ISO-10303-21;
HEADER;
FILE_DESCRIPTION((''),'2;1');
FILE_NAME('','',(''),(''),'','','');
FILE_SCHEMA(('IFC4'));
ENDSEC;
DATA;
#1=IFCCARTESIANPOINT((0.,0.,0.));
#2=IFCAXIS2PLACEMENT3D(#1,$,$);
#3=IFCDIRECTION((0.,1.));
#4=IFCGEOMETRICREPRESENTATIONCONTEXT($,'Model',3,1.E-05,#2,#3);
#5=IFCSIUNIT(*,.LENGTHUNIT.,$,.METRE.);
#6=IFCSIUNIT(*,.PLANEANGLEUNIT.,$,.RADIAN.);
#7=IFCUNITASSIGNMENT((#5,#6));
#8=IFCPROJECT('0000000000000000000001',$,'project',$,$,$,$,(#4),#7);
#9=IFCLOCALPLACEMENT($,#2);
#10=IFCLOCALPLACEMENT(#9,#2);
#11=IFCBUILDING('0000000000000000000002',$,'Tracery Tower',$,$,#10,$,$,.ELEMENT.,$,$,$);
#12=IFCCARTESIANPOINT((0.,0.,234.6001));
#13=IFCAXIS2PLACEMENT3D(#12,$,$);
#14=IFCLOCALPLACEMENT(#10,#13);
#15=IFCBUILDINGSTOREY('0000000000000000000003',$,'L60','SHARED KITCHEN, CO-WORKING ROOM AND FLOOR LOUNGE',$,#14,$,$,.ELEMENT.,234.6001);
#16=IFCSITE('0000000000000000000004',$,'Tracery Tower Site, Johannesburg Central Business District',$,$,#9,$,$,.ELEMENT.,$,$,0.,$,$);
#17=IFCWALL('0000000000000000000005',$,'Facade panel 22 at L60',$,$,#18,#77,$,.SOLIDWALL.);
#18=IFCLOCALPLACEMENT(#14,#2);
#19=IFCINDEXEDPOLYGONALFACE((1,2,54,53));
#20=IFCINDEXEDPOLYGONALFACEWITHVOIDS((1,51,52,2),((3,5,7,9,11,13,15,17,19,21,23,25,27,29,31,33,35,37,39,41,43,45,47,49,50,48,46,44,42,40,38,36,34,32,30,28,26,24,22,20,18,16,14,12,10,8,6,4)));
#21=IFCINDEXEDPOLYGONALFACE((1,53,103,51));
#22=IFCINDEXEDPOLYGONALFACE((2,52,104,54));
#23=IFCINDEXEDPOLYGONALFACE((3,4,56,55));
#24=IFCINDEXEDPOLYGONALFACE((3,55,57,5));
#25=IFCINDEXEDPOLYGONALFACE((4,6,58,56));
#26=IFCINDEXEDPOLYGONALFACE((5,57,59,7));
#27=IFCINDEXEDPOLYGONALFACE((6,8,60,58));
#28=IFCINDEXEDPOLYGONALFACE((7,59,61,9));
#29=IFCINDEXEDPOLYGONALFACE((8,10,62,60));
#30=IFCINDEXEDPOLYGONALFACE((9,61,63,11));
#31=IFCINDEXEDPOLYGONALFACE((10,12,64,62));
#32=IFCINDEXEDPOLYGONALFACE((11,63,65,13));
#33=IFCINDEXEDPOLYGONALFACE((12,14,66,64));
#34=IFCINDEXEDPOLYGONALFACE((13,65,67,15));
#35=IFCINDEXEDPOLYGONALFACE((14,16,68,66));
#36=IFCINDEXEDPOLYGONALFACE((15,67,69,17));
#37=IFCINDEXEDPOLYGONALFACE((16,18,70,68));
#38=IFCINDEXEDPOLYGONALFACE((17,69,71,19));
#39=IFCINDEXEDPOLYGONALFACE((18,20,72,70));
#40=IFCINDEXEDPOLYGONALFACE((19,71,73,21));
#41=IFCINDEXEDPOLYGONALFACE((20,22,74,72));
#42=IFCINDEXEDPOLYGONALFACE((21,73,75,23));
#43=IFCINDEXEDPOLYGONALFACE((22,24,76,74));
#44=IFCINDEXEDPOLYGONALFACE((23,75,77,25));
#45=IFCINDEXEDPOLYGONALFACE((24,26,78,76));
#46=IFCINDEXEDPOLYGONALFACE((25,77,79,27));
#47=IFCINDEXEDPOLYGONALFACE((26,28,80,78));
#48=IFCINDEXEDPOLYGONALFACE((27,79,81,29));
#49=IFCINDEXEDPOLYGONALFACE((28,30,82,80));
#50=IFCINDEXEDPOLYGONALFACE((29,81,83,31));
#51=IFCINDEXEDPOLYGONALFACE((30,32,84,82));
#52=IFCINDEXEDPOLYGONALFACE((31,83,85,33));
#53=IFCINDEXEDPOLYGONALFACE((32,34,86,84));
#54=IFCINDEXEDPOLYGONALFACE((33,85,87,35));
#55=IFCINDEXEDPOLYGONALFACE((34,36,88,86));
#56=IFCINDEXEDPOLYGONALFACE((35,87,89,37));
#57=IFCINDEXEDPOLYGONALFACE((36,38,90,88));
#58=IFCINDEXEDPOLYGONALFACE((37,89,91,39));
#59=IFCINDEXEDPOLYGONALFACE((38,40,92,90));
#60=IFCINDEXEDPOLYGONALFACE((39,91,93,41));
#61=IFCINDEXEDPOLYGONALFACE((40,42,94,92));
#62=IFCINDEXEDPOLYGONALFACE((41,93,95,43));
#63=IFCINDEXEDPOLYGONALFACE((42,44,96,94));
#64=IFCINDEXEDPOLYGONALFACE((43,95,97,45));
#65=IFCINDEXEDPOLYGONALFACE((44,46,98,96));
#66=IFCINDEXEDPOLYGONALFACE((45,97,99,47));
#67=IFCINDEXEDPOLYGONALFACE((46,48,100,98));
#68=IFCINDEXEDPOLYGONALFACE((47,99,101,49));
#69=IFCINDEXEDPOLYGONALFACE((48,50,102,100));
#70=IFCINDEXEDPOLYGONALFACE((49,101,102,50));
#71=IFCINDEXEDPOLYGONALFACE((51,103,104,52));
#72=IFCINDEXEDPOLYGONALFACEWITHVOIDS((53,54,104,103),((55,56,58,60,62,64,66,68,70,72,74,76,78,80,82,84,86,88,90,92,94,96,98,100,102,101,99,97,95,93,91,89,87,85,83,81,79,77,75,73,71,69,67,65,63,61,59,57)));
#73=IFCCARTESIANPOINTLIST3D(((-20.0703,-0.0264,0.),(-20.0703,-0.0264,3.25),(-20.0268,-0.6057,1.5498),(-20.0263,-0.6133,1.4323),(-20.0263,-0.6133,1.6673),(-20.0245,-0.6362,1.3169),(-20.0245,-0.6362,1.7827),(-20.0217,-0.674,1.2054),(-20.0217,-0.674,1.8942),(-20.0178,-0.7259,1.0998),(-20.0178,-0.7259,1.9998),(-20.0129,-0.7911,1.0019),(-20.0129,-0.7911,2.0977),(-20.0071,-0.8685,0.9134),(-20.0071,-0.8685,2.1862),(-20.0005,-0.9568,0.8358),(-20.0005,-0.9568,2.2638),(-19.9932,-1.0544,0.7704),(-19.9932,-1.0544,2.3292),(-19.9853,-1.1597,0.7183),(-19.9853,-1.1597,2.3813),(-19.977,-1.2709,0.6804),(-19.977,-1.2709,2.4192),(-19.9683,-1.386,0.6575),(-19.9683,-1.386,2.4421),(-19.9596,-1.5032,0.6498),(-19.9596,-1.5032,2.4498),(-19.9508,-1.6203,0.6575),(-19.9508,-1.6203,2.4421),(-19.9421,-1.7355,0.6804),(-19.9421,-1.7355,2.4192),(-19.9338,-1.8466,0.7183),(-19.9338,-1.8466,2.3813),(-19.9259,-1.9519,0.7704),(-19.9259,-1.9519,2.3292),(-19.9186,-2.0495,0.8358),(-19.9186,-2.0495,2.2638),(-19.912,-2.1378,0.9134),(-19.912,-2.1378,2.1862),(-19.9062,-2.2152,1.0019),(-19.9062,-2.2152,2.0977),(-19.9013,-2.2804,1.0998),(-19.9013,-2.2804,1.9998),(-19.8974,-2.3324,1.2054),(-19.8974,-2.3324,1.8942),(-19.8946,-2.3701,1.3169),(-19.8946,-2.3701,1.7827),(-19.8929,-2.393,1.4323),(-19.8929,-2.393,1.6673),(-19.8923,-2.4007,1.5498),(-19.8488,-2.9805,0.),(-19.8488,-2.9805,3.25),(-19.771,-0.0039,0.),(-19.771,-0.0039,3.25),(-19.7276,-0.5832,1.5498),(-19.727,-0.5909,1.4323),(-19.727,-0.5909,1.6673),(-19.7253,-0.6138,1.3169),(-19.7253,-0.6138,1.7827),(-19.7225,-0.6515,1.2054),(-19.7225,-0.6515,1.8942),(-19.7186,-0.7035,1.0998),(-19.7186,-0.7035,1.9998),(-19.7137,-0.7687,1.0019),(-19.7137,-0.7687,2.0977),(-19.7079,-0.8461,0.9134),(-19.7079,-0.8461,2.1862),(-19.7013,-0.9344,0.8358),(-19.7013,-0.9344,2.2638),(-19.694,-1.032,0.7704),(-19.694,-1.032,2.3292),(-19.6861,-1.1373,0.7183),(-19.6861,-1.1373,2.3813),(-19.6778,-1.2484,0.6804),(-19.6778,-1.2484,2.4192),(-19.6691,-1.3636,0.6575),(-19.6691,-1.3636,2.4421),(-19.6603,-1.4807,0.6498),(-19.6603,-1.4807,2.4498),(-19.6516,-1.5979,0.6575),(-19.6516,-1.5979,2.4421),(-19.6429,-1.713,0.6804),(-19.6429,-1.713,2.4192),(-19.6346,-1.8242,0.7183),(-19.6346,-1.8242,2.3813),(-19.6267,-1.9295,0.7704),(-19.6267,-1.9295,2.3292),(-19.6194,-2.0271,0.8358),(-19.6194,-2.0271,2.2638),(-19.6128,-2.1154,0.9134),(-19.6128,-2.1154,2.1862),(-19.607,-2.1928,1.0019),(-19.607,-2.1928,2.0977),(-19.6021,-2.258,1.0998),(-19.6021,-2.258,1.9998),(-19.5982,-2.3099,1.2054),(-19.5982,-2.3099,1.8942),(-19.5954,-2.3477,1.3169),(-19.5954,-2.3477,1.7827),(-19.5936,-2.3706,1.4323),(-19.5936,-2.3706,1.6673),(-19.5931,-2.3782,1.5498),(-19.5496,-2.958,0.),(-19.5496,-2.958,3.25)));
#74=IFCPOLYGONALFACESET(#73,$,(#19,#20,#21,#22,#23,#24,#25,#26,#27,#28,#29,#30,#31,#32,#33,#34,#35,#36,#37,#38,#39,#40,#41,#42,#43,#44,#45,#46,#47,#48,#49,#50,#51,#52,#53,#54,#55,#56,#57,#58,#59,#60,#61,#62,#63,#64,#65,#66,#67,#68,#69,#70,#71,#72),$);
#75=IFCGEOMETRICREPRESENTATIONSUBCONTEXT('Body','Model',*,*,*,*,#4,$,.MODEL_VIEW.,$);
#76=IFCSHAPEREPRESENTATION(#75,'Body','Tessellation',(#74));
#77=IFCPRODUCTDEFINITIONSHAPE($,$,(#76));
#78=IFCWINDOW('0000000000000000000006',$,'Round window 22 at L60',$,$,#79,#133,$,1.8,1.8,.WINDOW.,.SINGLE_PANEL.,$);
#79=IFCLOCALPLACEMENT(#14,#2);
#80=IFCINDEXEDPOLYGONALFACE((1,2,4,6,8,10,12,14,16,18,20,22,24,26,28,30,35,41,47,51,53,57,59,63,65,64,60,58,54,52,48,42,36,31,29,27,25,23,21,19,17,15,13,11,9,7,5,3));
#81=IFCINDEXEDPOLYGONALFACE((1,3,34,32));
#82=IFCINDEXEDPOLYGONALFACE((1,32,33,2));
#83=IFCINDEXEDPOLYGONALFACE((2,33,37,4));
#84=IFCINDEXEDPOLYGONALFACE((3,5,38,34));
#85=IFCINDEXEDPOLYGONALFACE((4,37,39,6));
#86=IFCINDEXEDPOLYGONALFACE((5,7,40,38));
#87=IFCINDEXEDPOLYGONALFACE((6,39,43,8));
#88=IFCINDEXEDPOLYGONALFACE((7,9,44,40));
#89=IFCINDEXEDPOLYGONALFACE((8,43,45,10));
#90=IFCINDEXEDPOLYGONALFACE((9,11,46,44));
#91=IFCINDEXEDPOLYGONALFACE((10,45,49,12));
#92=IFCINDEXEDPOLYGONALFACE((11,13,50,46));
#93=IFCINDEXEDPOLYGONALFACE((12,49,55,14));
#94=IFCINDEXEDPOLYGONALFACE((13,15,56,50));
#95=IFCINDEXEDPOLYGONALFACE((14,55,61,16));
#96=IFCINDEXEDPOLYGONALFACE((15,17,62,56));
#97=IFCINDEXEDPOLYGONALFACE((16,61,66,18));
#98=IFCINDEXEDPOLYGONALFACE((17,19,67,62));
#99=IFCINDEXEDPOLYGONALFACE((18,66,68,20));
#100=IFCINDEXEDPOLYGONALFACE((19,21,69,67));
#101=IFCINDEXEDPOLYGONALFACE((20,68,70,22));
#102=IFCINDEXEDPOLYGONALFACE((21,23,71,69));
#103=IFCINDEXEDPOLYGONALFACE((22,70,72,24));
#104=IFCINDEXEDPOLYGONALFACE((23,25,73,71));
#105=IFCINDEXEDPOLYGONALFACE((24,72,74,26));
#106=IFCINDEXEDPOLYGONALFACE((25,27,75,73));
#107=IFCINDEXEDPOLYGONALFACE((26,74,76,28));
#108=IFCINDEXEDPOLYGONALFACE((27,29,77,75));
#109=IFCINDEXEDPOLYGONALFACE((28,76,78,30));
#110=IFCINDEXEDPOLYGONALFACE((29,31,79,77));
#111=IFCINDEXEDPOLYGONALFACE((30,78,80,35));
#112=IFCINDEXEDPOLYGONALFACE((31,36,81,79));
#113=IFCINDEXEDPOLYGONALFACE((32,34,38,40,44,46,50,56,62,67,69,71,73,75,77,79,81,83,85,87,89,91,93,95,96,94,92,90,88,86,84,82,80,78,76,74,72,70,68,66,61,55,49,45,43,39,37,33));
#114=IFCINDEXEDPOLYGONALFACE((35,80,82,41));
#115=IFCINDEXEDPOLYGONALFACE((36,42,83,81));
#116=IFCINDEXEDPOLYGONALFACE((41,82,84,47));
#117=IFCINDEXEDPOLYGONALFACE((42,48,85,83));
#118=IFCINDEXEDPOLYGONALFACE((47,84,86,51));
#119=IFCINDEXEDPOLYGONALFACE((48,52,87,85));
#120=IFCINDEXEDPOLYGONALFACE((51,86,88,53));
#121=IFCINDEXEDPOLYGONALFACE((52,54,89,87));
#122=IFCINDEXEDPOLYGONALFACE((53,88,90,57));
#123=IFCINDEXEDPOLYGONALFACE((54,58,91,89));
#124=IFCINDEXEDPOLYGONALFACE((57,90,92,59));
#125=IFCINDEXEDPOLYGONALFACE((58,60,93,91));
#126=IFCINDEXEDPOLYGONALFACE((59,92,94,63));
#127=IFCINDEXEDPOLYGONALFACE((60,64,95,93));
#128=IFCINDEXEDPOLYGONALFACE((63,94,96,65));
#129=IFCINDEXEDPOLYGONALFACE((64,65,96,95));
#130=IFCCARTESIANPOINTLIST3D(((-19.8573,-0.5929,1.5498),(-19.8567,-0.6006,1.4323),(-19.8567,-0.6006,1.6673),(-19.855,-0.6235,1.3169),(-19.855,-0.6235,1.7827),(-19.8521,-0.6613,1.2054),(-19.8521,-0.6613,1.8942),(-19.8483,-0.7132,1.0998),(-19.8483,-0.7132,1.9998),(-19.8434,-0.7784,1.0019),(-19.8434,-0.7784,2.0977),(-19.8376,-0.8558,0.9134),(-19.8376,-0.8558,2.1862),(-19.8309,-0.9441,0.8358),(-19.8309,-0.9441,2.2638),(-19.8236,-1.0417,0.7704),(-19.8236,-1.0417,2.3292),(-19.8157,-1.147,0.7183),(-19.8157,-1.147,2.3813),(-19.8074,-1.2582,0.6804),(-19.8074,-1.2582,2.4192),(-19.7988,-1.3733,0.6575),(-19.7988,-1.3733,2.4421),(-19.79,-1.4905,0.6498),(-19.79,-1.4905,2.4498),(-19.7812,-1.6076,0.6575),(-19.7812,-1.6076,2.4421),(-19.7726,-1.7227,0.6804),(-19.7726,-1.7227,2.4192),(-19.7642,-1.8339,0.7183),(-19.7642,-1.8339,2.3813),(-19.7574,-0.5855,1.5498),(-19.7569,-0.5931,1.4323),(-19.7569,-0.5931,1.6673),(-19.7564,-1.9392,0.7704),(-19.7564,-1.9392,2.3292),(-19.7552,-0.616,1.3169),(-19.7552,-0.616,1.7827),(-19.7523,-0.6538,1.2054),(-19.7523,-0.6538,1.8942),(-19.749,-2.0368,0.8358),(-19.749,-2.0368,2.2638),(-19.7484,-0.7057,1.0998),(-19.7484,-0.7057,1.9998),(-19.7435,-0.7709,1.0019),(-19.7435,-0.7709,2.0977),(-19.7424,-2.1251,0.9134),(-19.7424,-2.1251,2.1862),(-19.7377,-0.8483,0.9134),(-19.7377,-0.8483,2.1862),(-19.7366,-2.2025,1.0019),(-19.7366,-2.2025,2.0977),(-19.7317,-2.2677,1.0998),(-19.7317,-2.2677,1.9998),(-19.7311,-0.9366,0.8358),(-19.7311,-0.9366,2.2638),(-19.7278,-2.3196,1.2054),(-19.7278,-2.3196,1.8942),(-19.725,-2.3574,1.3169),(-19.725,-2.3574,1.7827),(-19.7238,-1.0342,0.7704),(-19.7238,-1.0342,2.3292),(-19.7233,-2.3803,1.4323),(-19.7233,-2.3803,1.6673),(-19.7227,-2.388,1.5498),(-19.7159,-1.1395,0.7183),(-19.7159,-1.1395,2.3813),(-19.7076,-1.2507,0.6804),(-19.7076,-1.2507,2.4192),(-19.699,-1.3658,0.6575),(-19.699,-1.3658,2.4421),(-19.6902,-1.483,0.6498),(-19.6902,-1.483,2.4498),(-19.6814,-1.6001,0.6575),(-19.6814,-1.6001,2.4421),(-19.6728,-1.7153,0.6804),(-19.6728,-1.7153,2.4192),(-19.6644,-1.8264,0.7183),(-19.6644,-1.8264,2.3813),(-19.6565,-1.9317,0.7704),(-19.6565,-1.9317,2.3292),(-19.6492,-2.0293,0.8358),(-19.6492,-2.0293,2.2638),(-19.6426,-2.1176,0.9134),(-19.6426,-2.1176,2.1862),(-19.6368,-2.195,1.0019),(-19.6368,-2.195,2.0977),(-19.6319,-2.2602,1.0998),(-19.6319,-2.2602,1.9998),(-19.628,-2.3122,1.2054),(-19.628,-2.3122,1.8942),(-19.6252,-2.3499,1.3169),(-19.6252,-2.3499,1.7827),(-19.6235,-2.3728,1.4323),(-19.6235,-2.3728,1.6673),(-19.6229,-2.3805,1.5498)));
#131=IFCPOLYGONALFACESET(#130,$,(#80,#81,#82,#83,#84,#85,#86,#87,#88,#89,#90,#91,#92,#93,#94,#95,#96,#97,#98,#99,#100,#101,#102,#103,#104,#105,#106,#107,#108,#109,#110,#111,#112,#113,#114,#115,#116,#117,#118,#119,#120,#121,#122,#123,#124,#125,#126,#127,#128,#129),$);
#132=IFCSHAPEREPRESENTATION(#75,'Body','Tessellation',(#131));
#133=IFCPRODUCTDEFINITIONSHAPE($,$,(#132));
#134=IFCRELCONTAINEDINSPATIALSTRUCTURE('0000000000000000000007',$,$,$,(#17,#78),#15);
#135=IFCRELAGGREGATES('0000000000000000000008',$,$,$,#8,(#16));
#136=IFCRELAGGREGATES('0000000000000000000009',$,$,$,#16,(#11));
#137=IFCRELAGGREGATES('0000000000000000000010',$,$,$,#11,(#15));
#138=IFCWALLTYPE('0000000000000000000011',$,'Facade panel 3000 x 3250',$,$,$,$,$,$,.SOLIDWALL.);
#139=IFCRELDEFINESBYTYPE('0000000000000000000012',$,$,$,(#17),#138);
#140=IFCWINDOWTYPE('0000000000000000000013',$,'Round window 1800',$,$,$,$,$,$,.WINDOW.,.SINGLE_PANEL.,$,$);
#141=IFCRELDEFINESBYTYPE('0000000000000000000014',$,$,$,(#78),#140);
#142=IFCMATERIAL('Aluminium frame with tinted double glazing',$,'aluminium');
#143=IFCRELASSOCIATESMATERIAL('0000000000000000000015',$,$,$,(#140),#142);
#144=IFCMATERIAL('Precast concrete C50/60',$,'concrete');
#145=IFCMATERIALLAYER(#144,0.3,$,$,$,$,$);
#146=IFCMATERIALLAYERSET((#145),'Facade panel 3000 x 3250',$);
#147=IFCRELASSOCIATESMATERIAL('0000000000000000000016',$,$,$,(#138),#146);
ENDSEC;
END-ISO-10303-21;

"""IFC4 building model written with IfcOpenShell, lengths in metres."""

from ifc_helpers import new_model, si_unit, direction, frame, frame_2d, origin, origin_2d, place, context, subcontext, project, spatial, rectangle, circle, extrude, material, layer, layer_set, type_object, element, fill, save


model = new_model("IFC4")

# Units and contexts
model_context = context("Model", 3, precision=1e-05, world=origin(), true_north=direction((0.0, 1.0)))
body_context = subcontext(model_context, "Body", "Model", "MODEL_VIEW")
ifc_project = project(units=[si_unit("LENGTHUNIT", "METRE"), si_unit("PLANEANGLEUNIT", "RADIAN")], contexts=[model_context])

# Site, building, storey
site_placement = place(None, origin())
site = spatial("IfcSite", under=ifc_project, at=site_placement, Name="Tracery Tower Site, Johannesburg Central Business District", CompositionType="ELEMENT", RefElevation=0.0)
building_placement = place(site_placement, origin())
building = spatial("IfcBuilding", under=site, at=building_placement, Name="Tracery Tower", CompositionType="ELEMENT")
storey_placement = place(building_placement, frame((0.0, 0.0, 234.6001)))
storey = spatial("IfcBuildingStorey", under=building, at=storey_placement, Name="L60", Description="SHARED KITCHEN, CO-WORKING ROOM AND FLOOR LOUNGE", CompositionType="ELEMENT", Elevation=234.6001)

# Wall, opening, window
ifc_material_1 = material(Name="Aluminium frame with tinted double glazing", Category="aluminium")
window_type = type_object("IfcWindowType", Name="Round window 1800", PartitioningType="SINGLE_PANEL", PredefinedType="WINDOW", material=ifc_material_1)
ifc_material_2 = material(Name="Precast concrete C50/60", Category="concrete")
ifc_layer_1 = layer(ifc_material_2, 0.3)
ifc_layer_set_1 = layer_set([ifc_layer_1], Name="Facade panel 3000 x 3250")
wall_type_1 = type_object("IfcWallType", Name="Facade panel 3000 x 3250", PredefinedType="SOLIDWALL", material=ifc_layer_set_1)
wall_1_placement = place(storey_placement, frame((-19.9207, -0.0151, 0.0), z_axis=(0.0, 0.0, 1.0), x_axis=(0.074749, -0.997202, 0.0)))
wall_1 = element("IfcWall", 1, at=wall_1_placement, inside=storey, type_object=wall_type_1, Name="Facade panel 22 at L60", PredefinedType="SOLIDWALL", context=body_context, shape_type="SweptSolid", body=[
    extrude(rectangle(XDim=2.9624, YDim=0.3, at=frame_2d((1.4812, 0.0))), origin(), (0.0, 0.0, 1.0), 3.25),
])
opening_1_placement = place(wall_1_placement, frame((1.481, 0.0, 1.5498)))
opening_1 = element("IfcOpeningElement", 2, at=opening_1_placement, cuts=wall_1, PredefinedType="OPENING", context=body_context, shape_type="SweptSolid", body=[
    extrude(circle(Radius=0.9, at=origin_2d()), frame((0.0, 0.1599, 0.0), z_axis=(0.0, -1.0, 0.0), x_axis=(1.0, 0.0, 0.0)), (0.0, 0.0, 1.0), 0.3201),
])
window_1_placement = place(opening_1_placement, origin())
window_1 = element("IfcWindow", 3, at=window_1_placement, inside=storey, type_object=window_type, Name="Round window 22 at L60", OverallHeight=1.8, OverallWidth=1.8, PartitioningType="SINGLE_PANEL", PredefinedType="WINDOW", context=body_context, shape_type="SweptSolid", body=[
    extrude(circle(Radius=0.9, at=origin_2d()), frame((0.0, 0.1201, 0.0), z_axis=(0.0, -1.0, 0.0), x_axis=(1.0, 0.0, 0.0)), (0.0, 0.0, 1.0), 0.1001),
])
fill(opening_1, window_1)

save(model, "model.ifc")
